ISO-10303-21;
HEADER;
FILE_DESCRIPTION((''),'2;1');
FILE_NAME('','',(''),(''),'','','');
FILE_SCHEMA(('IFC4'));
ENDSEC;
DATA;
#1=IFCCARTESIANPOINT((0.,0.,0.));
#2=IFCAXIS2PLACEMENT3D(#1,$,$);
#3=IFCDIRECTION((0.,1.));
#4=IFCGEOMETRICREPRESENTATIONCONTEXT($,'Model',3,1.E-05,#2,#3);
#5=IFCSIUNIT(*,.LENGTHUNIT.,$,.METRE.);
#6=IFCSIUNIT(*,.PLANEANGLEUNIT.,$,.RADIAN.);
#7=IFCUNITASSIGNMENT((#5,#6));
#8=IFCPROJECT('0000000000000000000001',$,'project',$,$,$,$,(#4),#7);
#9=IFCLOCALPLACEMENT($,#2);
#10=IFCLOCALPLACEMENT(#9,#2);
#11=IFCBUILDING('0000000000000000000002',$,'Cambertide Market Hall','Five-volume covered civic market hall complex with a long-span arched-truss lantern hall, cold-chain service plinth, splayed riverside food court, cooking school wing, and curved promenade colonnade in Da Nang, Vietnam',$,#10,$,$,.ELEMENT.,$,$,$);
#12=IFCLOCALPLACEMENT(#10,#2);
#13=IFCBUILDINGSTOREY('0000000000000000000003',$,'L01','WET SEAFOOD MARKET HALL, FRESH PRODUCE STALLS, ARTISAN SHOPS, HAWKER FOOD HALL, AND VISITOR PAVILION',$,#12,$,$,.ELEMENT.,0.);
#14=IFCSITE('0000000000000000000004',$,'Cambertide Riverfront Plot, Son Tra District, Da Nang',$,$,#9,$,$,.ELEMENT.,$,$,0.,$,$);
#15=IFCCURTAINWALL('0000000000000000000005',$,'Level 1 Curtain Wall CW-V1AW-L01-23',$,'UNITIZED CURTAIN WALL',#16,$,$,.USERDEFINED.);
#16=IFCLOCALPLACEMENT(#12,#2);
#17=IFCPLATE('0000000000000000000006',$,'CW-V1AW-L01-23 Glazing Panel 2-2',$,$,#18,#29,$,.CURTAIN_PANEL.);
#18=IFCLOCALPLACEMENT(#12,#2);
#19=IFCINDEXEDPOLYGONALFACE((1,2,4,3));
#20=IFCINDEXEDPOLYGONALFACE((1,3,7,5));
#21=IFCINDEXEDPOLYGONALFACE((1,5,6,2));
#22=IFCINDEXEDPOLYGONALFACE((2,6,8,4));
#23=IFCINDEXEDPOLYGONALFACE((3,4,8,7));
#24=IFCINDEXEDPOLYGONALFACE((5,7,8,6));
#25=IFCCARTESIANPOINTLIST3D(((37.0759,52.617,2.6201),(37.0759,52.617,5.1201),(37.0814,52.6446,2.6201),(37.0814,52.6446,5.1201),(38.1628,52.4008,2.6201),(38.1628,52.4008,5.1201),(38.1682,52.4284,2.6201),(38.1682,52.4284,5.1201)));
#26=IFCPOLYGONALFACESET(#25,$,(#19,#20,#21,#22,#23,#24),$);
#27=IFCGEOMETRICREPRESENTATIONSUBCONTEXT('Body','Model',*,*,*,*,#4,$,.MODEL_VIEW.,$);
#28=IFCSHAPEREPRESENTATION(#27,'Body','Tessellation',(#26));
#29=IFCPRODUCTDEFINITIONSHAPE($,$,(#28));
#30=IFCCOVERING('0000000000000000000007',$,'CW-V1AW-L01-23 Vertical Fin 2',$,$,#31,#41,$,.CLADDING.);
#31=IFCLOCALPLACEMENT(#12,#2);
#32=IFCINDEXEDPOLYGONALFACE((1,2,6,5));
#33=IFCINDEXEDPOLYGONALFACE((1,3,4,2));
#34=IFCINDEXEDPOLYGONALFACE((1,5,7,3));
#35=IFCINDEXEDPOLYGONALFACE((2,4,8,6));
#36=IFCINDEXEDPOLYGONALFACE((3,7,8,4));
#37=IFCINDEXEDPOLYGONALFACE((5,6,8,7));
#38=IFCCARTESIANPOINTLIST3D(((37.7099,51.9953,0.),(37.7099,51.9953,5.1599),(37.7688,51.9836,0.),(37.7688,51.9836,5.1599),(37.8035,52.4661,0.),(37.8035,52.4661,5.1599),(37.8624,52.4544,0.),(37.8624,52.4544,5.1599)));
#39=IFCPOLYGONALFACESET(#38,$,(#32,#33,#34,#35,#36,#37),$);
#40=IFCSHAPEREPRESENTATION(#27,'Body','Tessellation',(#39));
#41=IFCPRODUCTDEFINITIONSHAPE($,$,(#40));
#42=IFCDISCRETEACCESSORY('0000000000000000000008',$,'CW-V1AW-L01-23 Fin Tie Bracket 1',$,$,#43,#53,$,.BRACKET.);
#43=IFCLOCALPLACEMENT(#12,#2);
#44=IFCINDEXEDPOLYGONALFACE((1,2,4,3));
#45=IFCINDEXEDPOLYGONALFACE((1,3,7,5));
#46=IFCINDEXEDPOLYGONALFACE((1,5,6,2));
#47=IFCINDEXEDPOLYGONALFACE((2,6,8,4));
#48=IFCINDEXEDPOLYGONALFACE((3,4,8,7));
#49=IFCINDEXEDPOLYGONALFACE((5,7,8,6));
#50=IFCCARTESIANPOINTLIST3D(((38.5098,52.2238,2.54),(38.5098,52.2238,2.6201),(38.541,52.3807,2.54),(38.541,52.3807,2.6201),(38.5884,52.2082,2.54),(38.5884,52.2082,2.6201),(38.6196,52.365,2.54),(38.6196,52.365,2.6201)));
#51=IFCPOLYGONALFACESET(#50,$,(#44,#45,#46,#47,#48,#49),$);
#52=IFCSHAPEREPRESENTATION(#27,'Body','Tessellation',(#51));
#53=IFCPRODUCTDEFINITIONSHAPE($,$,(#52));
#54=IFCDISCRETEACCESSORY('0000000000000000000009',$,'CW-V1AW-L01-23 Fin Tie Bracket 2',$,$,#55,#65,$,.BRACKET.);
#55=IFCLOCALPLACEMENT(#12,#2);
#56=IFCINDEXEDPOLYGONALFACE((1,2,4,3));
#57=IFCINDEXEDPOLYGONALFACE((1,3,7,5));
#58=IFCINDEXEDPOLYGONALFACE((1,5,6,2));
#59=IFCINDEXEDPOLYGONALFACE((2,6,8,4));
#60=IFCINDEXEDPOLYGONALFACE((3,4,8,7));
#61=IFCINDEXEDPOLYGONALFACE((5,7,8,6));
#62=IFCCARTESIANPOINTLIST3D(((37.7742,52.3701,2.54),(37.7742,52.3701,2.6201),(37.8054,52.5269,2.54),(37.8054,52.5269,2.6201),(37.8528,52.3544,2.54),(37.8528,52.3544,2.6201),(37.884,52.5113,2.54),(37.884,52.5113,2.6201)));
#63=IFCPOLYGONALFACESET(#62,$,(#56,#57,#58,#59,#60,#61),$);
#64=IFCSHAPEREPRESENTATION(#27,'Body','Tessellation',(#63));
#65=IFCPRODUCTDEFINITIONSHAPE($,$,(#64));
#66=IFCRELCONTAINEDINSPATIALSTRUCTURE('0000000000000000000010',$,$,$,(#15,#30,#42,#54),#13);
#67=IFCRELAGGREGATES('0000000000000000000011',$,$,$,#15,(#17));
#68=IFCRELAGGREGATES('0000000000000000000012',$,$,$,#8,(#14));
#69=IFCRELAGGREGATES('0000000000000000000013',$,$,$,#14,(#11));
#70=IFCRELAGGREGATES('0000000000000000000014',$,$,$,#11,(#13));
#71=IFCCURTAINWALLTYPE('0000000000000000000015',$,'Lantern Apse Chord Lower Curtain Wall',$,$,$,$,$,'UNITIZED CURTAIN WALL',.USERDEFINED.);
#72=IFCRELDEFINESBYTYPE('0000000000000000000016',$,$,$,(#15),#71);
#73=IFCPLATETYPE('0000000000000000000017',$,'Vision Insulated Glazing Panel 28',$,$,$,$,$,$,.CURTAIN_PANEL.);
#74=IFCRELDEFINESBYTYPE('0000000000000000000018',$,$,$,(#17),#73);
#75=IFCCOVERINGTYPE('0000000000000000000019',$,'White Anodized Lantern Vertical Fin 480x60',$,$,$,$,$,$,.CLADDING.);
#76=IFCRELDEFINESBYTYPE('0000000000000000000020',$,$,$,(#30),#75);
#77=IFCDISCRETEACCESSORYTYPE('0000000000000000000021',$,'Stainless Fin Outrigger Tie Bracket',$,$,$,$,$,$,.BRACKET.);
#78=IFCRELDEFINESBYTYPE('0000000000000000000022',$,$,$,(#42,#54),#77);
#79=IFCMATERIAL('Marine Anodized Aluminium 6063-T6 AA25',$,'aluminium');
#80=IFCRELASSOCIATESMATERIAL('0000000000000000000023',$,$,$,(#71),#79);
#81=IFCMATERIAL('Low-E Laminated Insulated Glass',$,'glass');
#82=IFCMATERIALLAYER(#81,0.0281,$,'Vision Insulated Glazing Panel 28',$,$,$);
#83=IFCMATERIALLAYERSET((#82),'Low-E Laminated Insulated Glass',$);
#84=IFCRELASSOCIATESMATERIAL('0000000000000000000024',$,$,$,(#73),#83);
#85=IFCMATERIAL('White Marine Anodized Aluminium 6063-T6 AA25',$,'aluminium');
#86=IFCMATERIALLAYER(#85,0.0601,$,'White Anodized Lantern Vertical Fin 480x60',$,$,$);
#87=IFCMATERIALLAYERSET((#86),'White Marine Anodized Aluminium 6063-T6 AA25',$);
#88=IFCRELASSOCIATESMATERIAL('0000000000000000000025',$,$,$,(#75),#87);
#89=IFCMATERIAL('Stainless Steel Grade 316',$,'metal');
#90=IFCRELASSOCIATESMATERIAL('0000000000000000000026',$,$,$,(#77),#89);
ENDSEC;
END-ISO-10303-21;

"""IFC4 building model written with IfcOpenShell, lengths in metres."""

from ifc_helpers import new_model, si_unit, direction, frame, origin, origin_2d, place, context, subcontext, project, spatial, rectangle, extrude, material, layer, layer_set, type_object, element, aggregate, save


model = new_model("IFC4")

# Units and contexts
model_context = context("Model", 3, precision=1e-05, world=origin(), true_north=direction((0.0, 1.0)))
body_context = subcontext(model_context, "Body", "Model", "MODEL_VIEW")
ifc_project = project(units=[si_unit("LENGTHUNIT", "METRE"), si_unit("PLANEANGLEUNIT", "RADIAN")], contexts=[model_context])

# Site, building, storey
site_placement = place(None, origin())
site = spatial("IfcSite", under=ifc_project, at=site_placement, Name="Cambertide Riverfront Plot, Son Tra District, Da Nang", CompositionType="ELEMENT", RefElevation=0.0)
building_placement = place(site_placement, origin())
building = spatial("IfcBuilding", under=site, at=building_placement, Name="Cambertide Market Hall", Description="Five-volume covered civic market hall complex with a long-span arched-truss lantern hall, cold-chain service plinth, splayed riverside food court, cooking school wing, and curved promenade colonnade in Da Nang, Vietnam", CompositionType="ELEMENT")
storey_placement = place(building_placement, origin())
storey = spatial("IfcBuildingStorey", under=building, at=storey_placement, Name="L01", Description="WET SEAFOOD MARKET HALL, FRESH PRODUCE STALLS, ARTISAN SHOPS, HAWKER FOOD HALL, AND VISITOR PAVILION", CompositionType="ELEMENT", Elevation=0.0)

# Shared definitions
ifc_material_1 = material(Name="Marine Anodized Aluminium 6063-T6 AA25", Category="aluminium")
curtain_wall_type = type_object("IfcCurtainWallType", Name="Lantern Apse Chord Lower Curtain Wall", ElementType="UNITIZED CURTAIN WALL", PredefinedType="USERDEFINED", material=ifc_material_1)

# Curtain wall
curtain_wall_1_placement = place(storey_placement, origin())
curtain_wall_1 = element("IfcCurtainWall", 1, at=curtain_wall_1_placement, inside=storey, type_object=curtain_wall_type, Name="Level 1 Curtain Wall CW-V1AW-L01-23", ObjectType="UNITIZED CURTAIN WALL", PredefinedType="USERDEFINED")

# Plate
ifc_material_2 = material(Name="Low-E Laminated Insulated Glass", Category="glass")
ifc_layer_1 = layer(ifc_material_2, 0.0281, Name="Vision Insulated Glazing Panel 28")
ifc_layer_set_1 = layer_set([ifc_layer_1], Name="Low-E Laminated Insulated Glass")
plate_type = type_object("IfcPlateType", Name="Vision Insulated Glazing Panel 28", PredefinedType="CURTAIN_PANEL", material=ifc_layer_set_1)
plate_1_placement = place(storey_placement, frame((37.6221, 52.5227, 2.6201), z_axis=(0.0, 0.0, 1.0), x_axis=(-0.980785, 0.19509, 0.0)))
plate_1 = element("IfcPlate", 2, at=plate_1_placement, type_object=plate_type, Name="CW-V1AW-L01-23 Glazing Panel 2-2", PredefinedType="CURTAIN_PANEL", context=body_context, shape_type="SweptSolid", body=[
    extrude(rectangle(XDim=1.1082, YDim=0.0281, at=origin_2d()), origin(), (0.0, 0.0, 1.0), 2.5),
])
aggregate(curtain_wall_1, [plate_1])

# Covering
ifc_material_3 = material(Name="White Marine Anodized Aluminium 6063-T6 AA25", Category="aluminium")
ifc_layer_2 = layer(ifc_material_3, 0.0601, Name="White Anodized Lantern Vertical Fin 480x60")
ifc_layer_set_2 = layer_set([ifc_layer_2], Name="White Marine Anodized Aluminium 6063-T6 AA25")
covering_type = type_object("IfcCoveringType", Name="White Anodized Lantern Vertical Fin 480x60", PredefinedType="CLADDING", material=ifc_layer_set_2)
covering_placement = place(storey_placement, frame((37.7861, 52.2249, 0.0), z_axis=(0.0, 0.0, 1.0), x_axis=(-0.980785, 0.19509, 0.0)))
element("IfcCovering", 3, at=covering_placement, inside=storey, type_object=covering_type, Name="CW-V1AW-L01-23 Vertical Fin 2", PredefinedType="CLADDING", context=body_context, shape_type="SweptSolid", body=[
    extrude(rectangle(XDim=0.0601, YDim=0.48, at=origin_2d()), origin(), (0.0, 0.0, 1.0), 5.1599),
])

# Discrete accessories
ifc_material_4 = material(Name="Stainless Steel Grade 316", Category="metal")
discrete_accessory_type = type_object("IfcDiscreteAccessoryType", Name="Stainless Fin Outrigger Tie Bracket", PredefinedType="BRACKET", material=ifc_material_4)
for number, where, z_axis, x_axis, name in (
    (4, (38.5647, 52.2944, 2.54), (0.0, 0.0, 1.0), (-0.980785, 0.19509, 0.0), "CW-V1AW-L01-23 Fin Tie Bracket 1"),
    (5, (37.8291, 52.4407, 2.54), (0.0, 0.0, 1.0), (-0.980785, 0.19509, 0.0), "CW-V1AW-L01-23 Fin Tie Bracket 2"),
):
    element("IfcDiscreteAccessory", number, at=place(storey_placement, frame(where, z_axis=z_axis, x_axis=x_axis)), inside=storey, type_object=discrete_accessory_type, Name=name, PredefinedType="BRACKET", context=body_context, shape_type="SweptSolid", body=[
        extrude(rectangle(XDim=0.0801, YDim=0.1599, at=origin_2d()), origin(), (0.0, 0.0, 1.0), 0.0801),
    ])

save(model, "model.ifc")
